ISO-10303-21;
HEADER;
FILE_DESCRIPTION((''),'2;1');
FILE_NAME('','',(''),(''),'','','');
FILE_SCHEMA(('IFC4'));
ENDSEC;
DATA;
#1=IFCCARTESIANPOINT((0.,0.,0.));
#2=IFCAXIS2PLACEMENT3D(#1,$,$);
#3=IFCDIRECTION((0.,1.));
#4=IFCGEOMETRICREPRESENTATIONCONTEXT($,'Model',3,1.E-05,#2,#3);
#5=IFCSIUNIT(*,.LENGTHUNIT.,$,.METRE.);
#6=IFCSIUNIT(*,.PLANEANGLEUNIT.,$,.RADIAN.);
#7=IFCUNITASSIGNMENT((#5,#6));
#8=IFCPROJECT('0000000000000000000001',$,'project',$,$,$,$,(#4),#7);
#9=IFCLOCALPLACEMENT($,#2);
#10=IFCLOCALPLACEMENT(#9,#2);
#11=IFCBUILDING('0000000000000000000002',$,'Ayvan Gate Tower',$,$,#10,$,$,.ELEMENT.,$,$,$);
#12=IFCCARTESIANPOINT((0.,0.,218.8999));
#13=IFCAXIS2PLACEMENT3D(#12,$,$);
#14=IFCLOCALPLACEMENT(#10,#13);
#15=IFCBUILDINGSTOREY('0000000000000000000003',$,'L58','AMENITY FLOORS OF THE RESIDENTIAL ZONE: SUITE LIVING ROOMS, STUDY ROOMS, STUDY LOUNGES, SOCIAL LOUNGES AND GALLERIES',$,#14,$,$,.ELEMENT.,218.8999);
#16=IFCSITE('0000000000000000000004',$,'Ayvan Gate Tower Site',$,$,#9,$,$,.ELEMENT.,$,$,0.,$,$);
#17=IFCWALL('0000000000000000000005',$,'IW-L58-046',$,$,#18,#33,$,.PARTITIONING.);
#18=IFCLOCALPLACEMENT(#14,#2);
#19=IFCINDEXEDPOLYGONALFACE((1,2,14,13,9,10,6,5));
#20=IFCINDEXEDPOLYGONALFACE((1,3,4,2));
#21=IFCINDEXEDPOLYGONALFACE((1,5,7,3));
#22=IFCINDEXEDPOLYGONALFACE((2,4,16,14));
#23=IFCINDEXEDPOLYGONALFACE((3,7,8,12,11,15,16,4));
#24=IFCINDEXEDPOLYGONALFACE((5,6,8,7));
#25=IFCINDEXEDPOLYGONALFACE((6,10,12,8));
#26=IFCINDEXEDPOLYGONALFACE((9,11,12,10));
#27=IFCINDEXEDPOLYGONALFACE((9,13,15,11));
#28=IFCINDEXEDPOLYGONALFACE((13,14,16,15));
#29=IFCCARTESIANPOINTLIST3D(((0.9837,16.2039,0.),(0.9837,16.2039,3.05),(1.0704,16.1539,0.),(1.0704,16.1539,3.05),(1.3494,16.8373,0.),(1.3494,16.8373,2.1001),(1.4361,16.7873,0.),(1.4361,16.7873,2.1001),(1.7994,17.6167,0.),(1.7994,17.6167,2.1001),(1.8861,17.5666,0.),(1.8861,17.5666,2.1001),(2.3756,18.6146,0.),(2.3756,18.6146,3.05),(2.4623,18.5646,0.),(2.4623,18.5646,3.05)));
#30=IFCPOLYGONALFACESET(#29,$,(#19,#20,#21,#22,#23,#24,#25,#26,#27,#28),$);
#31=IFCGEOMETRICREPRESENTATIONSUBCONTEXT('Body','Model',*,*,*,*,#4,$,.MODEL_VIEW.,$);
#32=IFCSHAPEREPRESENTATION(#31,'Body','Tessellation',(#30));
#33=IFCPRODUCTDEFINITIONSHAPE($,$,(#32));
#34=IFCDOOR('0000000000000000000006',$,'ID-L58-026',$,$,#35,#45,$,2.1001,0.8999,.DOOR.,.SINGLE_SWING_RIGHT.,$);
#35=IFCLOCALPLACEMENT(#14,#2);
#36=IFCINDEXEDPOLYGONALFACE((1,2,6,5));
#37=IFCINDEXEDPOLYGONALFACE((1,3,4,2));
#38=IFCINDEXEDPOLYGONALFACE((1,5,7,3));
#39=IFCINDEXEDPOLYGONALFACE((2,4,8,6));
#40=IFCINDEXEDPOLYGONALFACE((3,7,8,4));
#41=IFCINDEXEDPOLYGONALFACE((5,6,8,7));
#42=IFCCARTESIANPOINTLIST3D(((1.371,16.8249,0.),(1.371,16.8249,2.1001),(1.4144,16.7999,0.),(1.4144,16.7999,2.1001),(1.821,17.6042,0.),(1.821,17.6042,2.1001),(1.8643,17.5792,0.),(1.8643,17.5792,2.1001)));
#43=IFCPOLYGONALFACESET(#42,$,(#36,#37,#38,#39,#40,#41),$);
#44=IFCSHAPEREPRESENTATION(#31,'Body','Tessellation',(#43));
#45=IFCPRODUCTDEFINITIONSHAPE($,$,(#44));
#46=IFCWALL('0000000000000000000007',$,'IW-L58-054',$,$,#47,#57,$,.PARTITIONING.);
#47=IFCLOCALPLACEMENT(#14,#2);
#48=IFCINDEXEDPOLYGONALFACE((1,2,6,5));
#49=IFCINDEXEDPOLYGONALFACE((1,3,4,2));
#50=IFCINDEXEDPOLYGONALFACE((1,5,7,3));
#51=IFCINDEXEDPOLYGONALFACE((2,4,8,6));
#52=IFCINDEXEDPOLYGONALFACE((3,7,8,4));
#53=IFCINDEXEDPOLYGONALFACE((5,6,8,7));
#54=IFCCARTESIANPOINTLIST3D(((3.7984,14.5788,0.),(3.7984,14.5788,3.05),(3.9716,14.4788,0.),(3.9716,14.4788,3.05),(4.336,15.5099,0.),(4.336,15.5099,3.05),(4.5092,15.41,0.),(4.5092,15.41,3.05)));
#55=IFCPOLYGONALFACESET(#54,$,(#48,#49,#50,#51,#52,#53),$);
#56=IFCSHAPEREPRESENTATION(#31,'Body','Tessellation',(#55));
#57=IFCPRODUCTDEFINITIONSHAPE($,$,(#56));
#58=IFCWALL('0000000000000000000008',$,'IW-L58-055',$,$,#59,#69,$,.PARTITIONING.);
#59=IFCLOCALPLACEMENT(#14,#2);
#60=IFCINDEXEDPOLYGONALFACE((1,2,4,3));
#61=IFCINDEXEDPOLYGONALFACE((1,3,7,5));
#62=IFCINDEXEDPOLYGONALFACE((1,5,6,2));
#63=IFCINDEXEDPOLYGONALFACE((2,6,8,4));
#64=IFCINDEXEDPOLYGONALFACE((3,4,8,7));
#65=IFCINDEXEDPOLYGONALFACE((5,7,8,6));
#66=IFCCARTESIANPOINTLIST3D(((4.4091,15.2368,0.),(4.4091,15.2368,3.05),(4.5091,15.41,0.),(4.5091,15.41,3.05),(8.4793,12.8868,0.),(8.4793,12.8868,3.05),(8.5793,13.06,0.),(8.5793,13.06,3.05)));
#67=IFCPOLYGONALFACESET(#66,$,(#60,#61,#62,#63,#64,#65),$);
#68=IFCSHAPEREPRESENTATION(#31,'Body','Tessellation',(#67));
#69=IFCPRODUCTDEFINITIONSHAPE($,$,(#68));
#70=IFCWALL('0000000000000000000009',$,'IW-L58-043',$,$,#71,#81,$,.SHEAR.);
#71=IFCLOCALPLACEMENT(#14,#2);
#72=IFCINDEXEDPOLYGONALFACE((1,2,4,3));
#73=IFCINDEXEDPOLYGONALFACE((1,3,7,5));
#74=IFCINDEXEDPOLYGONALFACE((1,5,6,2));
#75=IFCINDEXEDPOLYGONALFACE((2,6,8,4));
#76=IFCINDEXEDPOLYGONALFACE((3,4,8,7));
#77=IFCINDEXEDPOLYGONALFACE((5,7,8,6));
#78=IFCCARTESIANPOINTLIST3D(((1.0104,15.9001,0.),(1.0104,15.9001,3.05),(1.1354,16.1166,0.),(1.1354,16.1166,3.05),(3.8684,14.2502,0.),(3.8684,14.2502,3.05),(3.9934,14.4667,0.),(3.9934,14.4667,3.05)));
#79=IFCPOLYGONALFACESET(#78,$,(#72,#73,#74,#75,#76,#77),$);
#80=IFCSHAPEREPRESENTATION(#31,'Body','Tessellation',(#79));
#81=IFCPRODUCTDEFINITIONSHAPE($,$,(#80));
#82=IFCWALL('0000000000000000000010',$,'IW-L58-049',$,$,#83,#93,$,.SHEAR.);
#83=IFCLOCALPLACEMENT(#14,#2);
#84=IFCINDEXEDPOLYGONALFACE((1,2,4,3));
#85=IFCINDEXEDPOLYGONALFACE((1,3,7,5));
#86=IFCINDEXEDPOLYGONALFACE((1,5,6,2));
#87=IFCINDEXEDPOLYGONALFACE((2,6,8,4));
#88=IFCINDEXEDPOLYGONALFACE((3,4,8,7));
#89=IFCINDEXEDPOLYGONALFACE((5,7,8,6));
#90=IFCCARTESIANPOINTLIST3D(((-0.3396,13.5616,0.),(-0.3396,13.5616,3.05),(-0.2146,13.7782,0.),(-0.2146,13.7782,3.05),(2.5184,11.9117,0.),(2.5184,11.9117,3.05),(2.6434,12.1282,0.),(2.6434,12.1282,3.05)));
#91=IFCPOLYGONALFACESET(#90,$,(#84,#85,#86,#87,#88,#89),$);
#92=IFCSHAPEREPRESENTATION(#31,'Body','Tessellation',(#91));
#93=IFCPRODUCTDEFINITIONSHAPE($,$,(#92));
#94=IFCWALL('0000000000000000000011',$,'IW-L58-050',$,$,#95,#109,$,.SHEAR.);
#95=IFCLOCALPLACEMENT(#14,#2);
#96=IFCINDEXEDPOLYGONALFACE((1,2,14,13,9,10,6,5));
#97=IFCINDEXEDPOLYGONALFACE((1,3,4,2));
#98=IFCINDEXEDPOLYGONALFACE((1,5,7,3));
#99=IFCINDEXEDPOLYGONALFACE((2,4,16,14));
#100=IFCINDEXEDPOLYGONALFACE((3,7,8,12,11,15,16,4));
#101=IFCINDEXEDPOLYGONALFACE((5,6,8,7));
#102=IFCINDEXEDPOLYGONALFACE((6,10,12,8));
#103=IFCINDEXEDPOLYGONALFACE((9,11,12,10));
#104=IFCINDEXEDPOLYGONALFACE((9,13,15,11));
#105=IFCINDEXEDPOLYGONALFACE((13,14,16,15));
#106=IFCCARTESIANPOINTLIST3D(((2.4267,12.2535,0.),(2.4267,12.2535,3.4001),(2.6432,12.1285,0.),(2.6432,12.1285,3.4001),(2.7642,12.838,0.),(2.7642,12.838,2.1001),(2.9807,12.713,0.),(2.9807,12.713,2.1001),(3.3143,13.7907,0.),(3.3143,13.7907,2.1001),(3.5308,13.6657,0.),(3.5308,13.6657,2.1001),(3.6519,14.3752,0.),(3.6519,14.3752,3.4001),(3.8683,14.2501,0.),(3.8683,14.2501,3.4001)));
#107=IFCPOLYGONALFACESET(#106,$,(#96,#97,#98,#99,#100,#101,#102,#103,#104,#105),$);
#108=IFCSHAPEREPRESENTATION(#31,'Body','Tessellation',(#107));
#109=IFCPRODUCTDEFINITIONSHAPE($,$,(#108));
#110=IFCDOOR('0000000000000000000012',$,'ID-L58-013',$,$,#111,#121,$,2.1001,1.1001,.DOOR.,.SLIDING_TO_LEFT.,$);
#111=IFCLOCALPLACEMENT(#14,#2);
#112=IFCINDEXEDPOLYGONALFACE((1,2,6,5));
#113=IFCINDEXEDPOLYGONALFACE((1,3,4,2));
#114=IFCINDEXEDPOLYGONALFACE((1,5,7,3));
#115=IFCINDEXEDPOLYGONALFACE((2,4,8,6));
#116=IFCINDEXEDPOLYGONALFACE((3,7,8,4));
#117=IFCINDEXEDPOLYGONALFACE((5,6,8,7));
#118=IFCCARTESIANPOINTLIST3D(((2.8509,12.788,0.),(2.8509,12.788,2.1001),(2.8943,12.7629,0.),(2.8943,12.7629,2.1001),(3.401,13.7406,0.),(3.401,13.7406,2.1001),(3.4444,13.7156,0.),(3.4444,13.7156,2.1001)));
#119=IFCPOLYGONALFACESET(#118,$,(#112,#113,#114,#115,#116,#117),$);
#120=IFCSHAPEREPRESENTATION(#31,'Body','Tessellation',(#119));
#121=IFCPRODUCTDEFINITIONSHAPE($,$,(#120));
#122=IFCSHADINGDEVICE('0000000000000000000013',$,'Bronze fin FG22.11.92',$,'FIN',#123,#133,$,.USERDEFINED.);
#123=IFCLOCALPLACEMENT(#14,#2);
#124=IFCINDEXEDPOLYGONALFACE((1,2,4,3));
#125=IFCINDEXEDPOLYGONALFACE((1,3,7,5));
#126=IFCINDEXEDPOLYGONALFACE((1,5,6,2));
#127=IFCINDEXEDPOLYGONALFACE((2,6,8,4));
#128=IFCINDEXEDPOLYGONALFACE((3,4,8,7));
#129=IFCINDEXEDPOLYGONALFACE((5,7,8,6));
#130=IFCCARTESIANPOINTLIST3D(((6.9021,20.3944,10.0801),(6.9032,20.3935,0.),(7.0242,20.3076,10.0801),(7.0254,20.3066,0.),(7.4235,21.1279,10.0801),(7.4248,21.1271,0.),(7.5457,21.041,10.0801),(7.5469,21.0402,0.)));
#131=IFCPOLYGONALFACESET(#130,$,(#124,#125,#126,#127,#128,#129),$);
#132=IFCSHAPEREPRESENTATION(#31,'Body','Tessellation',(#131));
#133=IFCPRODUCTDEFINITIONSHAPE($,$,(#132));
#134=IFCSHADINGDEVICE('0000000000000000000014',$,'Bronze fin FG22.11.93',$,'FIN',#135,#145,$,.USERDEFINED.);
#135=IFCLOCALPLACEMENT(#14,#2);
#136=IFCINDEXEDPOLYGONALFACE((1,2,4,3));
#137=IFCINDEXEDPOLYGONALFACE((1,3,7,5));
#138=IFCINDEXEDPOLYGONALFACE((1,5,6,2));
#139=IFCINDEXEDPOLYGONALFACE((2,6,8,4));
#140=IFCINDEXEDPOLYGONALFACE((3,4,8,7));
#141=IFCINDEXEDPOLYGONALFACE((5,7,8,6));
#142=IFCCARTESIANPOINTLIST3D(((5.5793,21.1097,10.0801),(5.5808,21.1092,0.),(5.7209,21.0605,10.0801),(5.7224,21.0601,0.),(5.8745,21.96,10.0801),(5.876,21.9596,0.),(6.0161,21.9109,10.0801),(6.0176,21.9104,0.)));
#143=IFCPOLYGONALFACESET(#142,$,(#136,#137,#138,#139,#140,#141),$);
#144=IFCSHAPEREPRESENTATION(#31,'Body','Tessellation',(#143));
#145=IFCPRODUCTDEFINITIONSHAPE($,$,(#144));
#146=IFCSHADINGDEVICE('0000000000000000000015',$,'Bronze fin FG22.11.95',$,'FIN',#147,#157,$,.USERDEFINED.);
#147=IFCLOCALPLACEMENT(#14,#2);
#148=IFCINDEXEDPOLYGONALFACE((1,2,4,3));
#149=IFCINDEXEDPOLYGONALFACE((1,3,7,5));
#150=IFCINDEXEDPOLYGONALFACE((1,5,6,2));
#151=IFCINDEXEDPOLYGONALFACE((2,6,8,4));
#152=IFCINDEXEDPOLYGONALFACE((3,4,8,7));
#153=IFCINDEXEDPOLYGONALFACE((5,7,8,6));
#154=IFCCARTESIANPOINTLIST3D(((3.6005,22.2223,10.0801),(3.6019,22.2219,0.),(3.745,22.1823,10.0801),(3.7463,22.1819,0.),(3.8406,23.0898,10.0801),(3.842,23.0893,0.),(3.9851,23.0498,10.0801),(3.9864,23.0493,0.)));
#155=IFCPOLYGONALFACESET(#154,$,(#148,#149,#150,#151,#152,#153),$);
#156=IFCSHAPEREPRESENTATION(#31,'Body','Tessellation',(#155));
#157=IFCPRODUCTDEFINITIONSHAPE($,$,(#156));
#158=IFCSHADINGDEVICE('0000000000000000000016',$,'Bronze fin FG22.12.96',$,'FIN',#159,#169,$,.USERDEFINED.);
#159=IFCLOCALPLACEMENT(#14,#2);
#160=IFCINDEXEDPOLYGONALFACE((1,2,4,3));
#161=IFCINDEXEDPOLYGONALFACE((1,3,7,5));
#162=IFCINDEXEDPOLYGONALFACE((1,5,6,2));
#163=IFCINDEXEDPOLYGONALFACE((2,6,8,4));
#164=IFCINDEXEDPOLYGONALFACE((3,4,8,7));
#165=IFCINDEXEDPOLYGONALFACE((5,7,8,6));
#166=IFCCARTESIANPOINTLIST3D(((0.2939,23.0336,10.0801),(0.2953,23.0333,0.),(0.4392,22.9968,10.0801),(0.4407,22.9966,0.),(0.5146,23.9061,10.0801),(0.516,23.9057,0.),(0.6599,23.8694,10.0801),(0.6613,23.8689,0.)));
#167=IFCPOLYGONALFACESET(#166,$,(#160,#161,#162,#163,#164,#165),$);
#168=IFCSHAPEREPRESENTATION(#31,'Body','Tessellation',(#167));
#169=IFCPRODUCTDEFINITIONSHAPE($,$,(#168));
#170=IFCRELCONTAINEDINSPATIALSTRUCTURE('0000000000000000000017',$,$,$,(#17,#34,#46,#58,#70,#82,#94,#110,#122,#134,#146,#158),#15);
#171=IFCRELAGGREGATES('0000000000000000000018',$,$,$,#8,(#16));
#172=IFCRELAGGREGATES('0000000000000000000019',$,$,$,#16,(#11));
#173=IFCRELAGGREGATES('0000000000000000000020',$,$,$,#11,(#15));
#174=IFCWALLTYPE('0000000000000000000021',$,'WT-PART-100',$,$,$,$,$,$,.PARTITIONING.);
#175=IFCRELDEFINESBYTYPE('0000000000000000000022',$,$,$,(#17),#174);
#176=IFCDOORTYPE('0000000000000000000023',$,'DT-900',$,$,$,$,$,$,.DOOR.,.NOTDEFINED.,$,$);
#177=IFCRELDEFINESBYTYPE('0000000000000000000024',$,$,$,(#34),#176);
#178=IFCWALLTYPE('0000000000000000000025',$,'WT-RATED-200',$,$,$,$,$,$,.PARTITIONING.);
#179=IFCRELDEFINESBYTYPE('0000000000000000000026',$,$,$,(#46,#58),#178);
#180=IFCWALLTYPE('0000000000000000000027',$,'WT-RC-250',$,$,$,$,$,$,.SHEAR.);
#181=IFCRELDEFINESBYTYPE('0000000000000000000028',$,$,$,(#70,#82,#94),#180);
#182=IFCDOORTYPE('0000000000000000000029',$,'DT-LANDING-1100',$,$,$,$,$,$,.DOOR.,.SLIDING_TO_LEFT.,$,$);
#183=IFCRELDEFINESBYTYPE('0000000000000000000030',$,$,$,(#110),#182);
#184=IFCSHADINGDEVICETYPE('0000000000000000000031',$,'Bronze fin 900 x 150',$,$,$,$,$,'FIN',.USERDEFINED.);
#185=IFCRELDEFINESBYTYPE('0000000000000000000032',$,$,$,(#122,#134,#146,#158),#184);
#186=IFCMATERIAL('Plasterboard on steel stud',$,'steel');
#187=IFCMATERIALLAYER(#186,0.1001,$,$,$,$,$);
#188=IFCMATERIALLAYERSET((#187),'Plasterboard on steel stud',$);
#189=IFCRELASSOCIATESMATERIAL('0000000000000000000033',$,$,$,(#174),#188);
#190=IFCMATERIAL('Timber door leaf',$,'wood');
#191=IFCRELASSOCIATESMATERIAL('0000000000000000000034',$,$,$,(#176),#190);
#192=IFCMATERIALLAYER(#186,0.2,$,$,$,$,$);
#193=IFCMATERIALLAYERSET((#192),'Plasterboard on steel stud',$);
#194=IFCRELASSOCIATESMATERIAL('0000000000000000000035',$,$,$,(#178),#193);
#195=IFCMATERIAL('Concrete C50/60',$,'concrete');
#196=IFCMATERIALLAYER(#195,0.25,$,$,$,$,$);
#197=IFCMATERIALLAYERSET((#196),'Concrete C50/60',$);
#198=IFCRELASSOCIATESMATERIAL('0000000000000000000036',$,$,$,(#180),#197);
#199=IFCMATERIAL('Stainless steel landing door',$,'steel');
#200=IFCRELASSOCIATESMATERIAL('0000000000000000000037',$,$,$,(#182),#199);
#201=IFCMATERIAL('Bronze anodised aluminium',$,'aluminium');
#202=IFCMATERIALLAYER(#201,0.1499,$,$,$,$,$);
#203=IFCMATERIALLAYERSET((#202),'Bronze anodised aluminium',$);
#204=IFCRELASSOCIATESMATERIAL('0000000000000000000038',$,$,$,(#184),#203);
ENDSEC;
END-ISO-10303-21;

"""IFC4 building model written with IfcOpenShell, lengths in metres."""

from ifc_helpers import new_model, si_unit, direction, frame, frame_2d, origin, place, context, subcontext, project, spatial, polyline, rectangle, outline, extrude, material, layer, layer_set, type_object, element, fill, save


model = new_model("IFC4")

# Units and contexts
model_context = context("Model", 3, precision=1e-05, world=origin(), true_north=direction((0.0, 1.0)))
body_context = subcontext(model_context, "Body", "Model", "MODEL_VIEW")
ifc_project = project(units=[si_unit("LENGTHUNIT", "METRE"), si_unit("PLANEANGLEUNIT", "RADIAN")], contexts=[model_context])

# Site, building, storey
site_placement = place(None, origin())
site = spatial("IfcSite", under=ifc_project, at=site_placement, Name="Ayvan Gate Tower Site", CompositionType="ELEMENT", RefElevation=0.0)
building_placement = place(site_placement, origin())
building = spatial("IfcBuilding", under=site, at=building_placement, Name="Ayvan Gate Tower", CompositionType="ELEMENT")
storey_placement = place(building_placement, frame((0.0, 0.0, 218.8999)))
storey = spatial("IfcBuildingStorey", under=building, at=storey_placement, Name="L58", Description="AMENITY FLOORS OF THE RESIDENTIAL ZONE: SUITE LIVING ROOMS, STUDY ROOMS, STUDY LOUNGES, SOCIAL LOUNGES AND GALLERIES", CompositionType="ELEMENT", Elevation=218.8999)

# Shared definitions
ifc_material_1 = material(Name="Concrete C50/60", Category="concrete")

# Shared definitions
ifc_material_2 = material(Name="Bronze anodised aluminium", Category="aluminium")

# Wall, opening, door
ifc_material_3 = material(Name="Plasterboard on steel stud", Category="steel")
ifc_layer_1 = layer(ifc_material_3, 0.1001)
ifc_layer_set_1 = layer_set([ifc_layer_1], Name="Plasterboard on steel stud")
wall_type_1 = type_object("IfcWallType", Name="WT-PART-100", PredefinedType="PARTITIONING", material=ifc_layer_set_1)
wall_1_placement = place(storey_placement, frame((2.4189, 18.5896, 0.0), z_axis=(0.0, 0.0, 1.0), x_axis=(-0.500016, -0.866016, 0.0)))
wall_1 = element("IfcWall", 1, at=wall_1_placement, inside=storey, type_object=wall_type_1, Name="IW-L58-046", PredefinedType="PARTITIONING", context=body_context, shape_type="SweptSolid", body=[
    extrude(rectangle(XDim=2.7837, YDim=0.1001, at=frame_2d((1.3918, 0.0))), origin(), (0.0, 0.0, 1.0), 3.05),
])
opening_1_placement = place(wall_1_placement, frame((1.1523, 0.0, 0.0)))
opening_1 = element("IfcOpeningElement", 2, at=opening_1_placement, cuts=wall_1, PredefinedType="OPENING", context=body_context, shape_type="SweptSolid", body=[
    extrude(rectangle(XDim=0.8999, YDim=2.1001, at=frame_2d((0.45, 1.05))), frame((0.0, 0.0601, 0.0), z_axis=(0.0, -1.0, 0.0), x_axis=(1.0, 0.0, 0.0)), (0.0, 0.0, 1.0), 0.1201),
])
ifc_material_4 = material(Name="Timber door leaf", Category="wood")
door_type_1 = type_object("IfcDoorType", Name="DT-900", OperationType="NOTDEFINED", PredefinedType="DOOR", material=ifc_material_4)
door_1_placement = place(opening_1_placement, origin())
door_1 = element("IfcDoor", 3, at=door_1_placement, inside=storey, type_object=door_type_1, Name="ID-L58-026", OperationType="SINGLE_SWING_RIGHT", OverallHeight=2.1001, OverallWidth=0.8999, PredefinedType="DOOR", context=body_context, shape_type="SweptSolid", body=[
    extrude(rectangle(XDim=0.8999, YDim=2.1001, at=frame_2d((0.45, 1.05))), frame((0.0, 0.0249, 0.0), z_axis=(0.0, -1.0, 0.0), x_axis=(1.0, 0.0, 0.0)), (0.0, 0.0, 1.0), 0.05),
])
fill(opening_1, door_1)

# Walls
ifc_layer_2 = layer(ifc_material_3, 0.2)
ifc_layer_set_2 = layer_set([ifc_layer_2], Name="Plasterboard on steel stud")
wall_type_2 = type_object("IfcWallType", Name="WT-RATED-200", PredefinedType="PARTITIONING", material=ifc_layer_set_2)
wall_2_placement = place(storey_placement, frame((3.885, 14.5288, 0.0), z_axis=(0.0, 0.0, 1.0), x_axis=(0.499998, 0.866027, 0.0)))
element("IfcWall", 4, at=wall_2_placement, inside=storey, type_object=wall_type_2, Name="IW-L58-054", PredefinedType="PARTITIONING", context=body_context, shape_type="SweptSolid", body=[
    extrude(rectangle(XDim=1.0752, YDim=0.2, at=frame_2d((0.5376, 0.0))), origin(), (0.0, 0.0, 1.0), 3.05),
])
wall_3_placement = place(storey_placement, frame((4.459, 15.3235, 0.0), z_axis=(0.0, 0.0, 1.0), x_axis=(0.866016, -0.500016, 0.0)))
element("IfcWall", 5, at=wall_3_placement, inside=storey, type_object=wall_type_2, Name="IW-L58-055", PredefinedType="PARTITIONING", context=body_context, shape_type="SweptSolid", body=[
    extrude(rectangle(XDim=4.7, YDim=0.2, at=frame_2d((2.3501, 0.0))), origin(), (0.0, 0.0, 1.0), 3.05),
])
ifc_layer_3 = layer(ifc_material_1, 0.25)
ifc_layer_set_3 = layer_set([ifc_layer_3], Name="Concrete C50/60")
wall_type_3 = type_object("IfcWallType", Name="WT-RC-250", PredefinedType="SHEAR", material=ifc_layer_set_3)
for number, where, z_axis, x_axis, name in (
    (6, (1.073, 16.0083, 0.0), (0.0, 0.0, 1.0), (0.86604, -0.499974, 0.0), "IW-L58-043"),
    (7, (2.5808, 12.02, 0.0), (0.0, 0.0, 1.0), (-0.86604, 0.499974, 0.0), "IW-L58-049"),
):
    element("IfcWall", number, at=place(storey_placement, frame(where, z_axis=z_axis, x_axis=x_axis)), inside=storey, type_object=wall_type_3, Name=name, PredefinedType="SHEAR", context=body_context, shape_type="SweptSolid", body=[
        extrude(rectangle(XDim=3.3, YDim=0.25, at=frame_2d((1.6499, 0.0))), origin(), (0.0, 0.0, 1.0), 3.05),
    ])

# Wall, opening, door
wall_4_placement = place(storey_placement, frame((2.5349, 12.1909, 0.0), z_axis=(0.0, 0.0, 1.0), x_axis=(0.500062, 0.86599, 0.0)))
wall_4 = element("IfcWall", 8, at=wall_4_placement, inside=storey, type_object=wall_type_3, Name="IW-L58-050", PredefinedType="SHEAR", context=body_context, shape_type="SweptSolid", body=[
    extrude(rectangle(XDim=2.45, YDim=0.25, at=frame_2d((1.2251, 0.0))), origin(), (0.0, 0.0, 1.0), 3.4001),
])
opening_2_placement = place(wall_4_placement, frame((0.675, 0.0, 0.0)))
opening_2 = element("IfcOpeningElement", 9, at=opening_2_placement, cuts=wall_4, PredefinedType="OPENING", context=body_context, shape_type="SweptSolid", body=[
    extrude(rectangle(XDim=1.1001, YDim=2.1001, at=frame_2d((0.55, 1.05))), frame((0.0, 0.135, 0.0), z_axis=(0.0, -1.0, 0.0), x_axis=(1.0, 0.0, 0.0)), (0.0, 0.0, 1.0), 0.27),
])
ifc_material_5 = material(Name="Stainless steel landing door", Category="steel")
door_type_2 = type_object("IfcDoorType", Name="DT-LANDING-1100", OperationType="SLIDING_TO_LEFT", PredefinedType="DOOR", material=ifc_material_5)
door_2_placement = place(opening_2_placement, origin())
door_2 = element("IfcDoor", 10, at=door_2_placement, inside=storey, type_object=door_type_2, Name="ID-L58-013", OperationType="SLIDING_TO_LEFT", OverallHeight=2.1001, OverallWidth=1.1001, PredefinedType="DOOR", context=body_context, shape_type="SweptSolid", body=[
    extrude(rectangle(XDim=1.1001, YDim=2.1001, at=frame_2d((0.55, 1.05))), frame((0.0, 0.0249, 0.0), z_axis=(0.0, -1.0, 0.0), x_axis=(1.0, 0.0, 0.0)), (0.0, 0.0, 1.0), 0.05),
])
fill(opening_2, door_2)

# Shading devices
ifc_layer_4 = layer(ifc_material_2, 0.1499)
ifc_layer_set_4 = layer_set([ifc_layer_4], Name="Bronze anodised aluminium")
shading_device_type = type_object("IfcShadingDeviceType", Name="Bronze fin 900 x 150", ElementType="FIN", PredefinedType="USERDEFINED", material=ifc_layer_set_4)
shading_device_1_placement = place(storey_placement, frame((7.0254, 20.3066, 0.0), z_axis=(0.815024, -0.579428, 0.000148), x_axis=(0.579428, 0.815024, 0.0)))
element("IfcShadingDevice", 11, at=shading_device_1_placement, inside=storey, type_object=shading_device_type, Name="Bronze fin FG22.11.92", ObjectType="FIN", PredefinedType="USERDEFINED", context=body_context, shape_type="SweptSolid", body=[
    extrude(outline(polyline([(0.0, 0.0), (0.9001, 0.0), (0.9, 10.0801), (0.0001, 10.0801), (0.0, 0.0)])), origin(), (0.0, 0.0, -1.0), 0.1499),
])
shading_device_2_placement = place(storey_placement, frame((5.7224, 21.0601, 0.0), z_axis=(0.944705, -0.327921, 0.000153), x_axis=(0.327921, 0.944705, 0.0)))
element("IfcShadingDevice", 12, at=shading_device_2_placement, inside=storey, type_object=shading_device_type, Name="Bronze fin FG22.11.93", ObjectType="FIN", PredefinedType="USERDEFINED", context=body_context, shape_type="SweptSolid", body=[
    extrude(outline(polyline([(0.0, 0.0), (0.9001, 0.0), (0.9001, 10.0801), (0.0, 10.0801), (0.0, 0.0)])), origin(), (0.0, 0.0, -1.0), 0.1499),
])
shading_device_3_placement = place(storey_placement, frame((3.7463, 22.1819, 0.0), z_axis=(0.963758, -0.266776, 0.000141), x_axis=(0.266776, 0.963758, 0.0)))
element("IfcShadingDevice", 13, at=shading_device_3_placement, inside=storey, type_object=shading_device_type, Name="Bronze fin FG22.11.95", ObjectType="FIN", PredefinedType="USERDEFINED", context=body_context, shape_type="SweptSolid", body=[
    extrude(outline(polyline([(0.0, 0.0), (0.9, 0.0), (0.9002, 10.0801), (0.0001, 10.0801), (0.0, 0.0)])), origin(), (0.0, 0.0, -1.0), 0.1499),
])
shading_device_4_placement = place(storey_placement, frame((0.4407, 22.9966, 0.0), z_axis=(0.96946, -0.245248, 0.00015), x_axis=(0.245248, 0.96946, 0.0)))
element("IfcShadingDevice", 14, at=shading_device_4_placement, inside=storey, type_object=shading_device_type, Name="Bronze fin FG22.12.96", ObjectType="FIN", PredefinedType="USERDEFINED", context=body_context, shape_type="SweptSolid", body=[
    extrude(outline(polyline([(0.0, 0.0), (0.8998, 0.0), (0.8999, 10.0801), (-0.0001, 10.0801), (0.0, 0.0)])), origin(), (0.0, 0.0, -1.0), 0.1499),
])

save(model, "model.ifc")
